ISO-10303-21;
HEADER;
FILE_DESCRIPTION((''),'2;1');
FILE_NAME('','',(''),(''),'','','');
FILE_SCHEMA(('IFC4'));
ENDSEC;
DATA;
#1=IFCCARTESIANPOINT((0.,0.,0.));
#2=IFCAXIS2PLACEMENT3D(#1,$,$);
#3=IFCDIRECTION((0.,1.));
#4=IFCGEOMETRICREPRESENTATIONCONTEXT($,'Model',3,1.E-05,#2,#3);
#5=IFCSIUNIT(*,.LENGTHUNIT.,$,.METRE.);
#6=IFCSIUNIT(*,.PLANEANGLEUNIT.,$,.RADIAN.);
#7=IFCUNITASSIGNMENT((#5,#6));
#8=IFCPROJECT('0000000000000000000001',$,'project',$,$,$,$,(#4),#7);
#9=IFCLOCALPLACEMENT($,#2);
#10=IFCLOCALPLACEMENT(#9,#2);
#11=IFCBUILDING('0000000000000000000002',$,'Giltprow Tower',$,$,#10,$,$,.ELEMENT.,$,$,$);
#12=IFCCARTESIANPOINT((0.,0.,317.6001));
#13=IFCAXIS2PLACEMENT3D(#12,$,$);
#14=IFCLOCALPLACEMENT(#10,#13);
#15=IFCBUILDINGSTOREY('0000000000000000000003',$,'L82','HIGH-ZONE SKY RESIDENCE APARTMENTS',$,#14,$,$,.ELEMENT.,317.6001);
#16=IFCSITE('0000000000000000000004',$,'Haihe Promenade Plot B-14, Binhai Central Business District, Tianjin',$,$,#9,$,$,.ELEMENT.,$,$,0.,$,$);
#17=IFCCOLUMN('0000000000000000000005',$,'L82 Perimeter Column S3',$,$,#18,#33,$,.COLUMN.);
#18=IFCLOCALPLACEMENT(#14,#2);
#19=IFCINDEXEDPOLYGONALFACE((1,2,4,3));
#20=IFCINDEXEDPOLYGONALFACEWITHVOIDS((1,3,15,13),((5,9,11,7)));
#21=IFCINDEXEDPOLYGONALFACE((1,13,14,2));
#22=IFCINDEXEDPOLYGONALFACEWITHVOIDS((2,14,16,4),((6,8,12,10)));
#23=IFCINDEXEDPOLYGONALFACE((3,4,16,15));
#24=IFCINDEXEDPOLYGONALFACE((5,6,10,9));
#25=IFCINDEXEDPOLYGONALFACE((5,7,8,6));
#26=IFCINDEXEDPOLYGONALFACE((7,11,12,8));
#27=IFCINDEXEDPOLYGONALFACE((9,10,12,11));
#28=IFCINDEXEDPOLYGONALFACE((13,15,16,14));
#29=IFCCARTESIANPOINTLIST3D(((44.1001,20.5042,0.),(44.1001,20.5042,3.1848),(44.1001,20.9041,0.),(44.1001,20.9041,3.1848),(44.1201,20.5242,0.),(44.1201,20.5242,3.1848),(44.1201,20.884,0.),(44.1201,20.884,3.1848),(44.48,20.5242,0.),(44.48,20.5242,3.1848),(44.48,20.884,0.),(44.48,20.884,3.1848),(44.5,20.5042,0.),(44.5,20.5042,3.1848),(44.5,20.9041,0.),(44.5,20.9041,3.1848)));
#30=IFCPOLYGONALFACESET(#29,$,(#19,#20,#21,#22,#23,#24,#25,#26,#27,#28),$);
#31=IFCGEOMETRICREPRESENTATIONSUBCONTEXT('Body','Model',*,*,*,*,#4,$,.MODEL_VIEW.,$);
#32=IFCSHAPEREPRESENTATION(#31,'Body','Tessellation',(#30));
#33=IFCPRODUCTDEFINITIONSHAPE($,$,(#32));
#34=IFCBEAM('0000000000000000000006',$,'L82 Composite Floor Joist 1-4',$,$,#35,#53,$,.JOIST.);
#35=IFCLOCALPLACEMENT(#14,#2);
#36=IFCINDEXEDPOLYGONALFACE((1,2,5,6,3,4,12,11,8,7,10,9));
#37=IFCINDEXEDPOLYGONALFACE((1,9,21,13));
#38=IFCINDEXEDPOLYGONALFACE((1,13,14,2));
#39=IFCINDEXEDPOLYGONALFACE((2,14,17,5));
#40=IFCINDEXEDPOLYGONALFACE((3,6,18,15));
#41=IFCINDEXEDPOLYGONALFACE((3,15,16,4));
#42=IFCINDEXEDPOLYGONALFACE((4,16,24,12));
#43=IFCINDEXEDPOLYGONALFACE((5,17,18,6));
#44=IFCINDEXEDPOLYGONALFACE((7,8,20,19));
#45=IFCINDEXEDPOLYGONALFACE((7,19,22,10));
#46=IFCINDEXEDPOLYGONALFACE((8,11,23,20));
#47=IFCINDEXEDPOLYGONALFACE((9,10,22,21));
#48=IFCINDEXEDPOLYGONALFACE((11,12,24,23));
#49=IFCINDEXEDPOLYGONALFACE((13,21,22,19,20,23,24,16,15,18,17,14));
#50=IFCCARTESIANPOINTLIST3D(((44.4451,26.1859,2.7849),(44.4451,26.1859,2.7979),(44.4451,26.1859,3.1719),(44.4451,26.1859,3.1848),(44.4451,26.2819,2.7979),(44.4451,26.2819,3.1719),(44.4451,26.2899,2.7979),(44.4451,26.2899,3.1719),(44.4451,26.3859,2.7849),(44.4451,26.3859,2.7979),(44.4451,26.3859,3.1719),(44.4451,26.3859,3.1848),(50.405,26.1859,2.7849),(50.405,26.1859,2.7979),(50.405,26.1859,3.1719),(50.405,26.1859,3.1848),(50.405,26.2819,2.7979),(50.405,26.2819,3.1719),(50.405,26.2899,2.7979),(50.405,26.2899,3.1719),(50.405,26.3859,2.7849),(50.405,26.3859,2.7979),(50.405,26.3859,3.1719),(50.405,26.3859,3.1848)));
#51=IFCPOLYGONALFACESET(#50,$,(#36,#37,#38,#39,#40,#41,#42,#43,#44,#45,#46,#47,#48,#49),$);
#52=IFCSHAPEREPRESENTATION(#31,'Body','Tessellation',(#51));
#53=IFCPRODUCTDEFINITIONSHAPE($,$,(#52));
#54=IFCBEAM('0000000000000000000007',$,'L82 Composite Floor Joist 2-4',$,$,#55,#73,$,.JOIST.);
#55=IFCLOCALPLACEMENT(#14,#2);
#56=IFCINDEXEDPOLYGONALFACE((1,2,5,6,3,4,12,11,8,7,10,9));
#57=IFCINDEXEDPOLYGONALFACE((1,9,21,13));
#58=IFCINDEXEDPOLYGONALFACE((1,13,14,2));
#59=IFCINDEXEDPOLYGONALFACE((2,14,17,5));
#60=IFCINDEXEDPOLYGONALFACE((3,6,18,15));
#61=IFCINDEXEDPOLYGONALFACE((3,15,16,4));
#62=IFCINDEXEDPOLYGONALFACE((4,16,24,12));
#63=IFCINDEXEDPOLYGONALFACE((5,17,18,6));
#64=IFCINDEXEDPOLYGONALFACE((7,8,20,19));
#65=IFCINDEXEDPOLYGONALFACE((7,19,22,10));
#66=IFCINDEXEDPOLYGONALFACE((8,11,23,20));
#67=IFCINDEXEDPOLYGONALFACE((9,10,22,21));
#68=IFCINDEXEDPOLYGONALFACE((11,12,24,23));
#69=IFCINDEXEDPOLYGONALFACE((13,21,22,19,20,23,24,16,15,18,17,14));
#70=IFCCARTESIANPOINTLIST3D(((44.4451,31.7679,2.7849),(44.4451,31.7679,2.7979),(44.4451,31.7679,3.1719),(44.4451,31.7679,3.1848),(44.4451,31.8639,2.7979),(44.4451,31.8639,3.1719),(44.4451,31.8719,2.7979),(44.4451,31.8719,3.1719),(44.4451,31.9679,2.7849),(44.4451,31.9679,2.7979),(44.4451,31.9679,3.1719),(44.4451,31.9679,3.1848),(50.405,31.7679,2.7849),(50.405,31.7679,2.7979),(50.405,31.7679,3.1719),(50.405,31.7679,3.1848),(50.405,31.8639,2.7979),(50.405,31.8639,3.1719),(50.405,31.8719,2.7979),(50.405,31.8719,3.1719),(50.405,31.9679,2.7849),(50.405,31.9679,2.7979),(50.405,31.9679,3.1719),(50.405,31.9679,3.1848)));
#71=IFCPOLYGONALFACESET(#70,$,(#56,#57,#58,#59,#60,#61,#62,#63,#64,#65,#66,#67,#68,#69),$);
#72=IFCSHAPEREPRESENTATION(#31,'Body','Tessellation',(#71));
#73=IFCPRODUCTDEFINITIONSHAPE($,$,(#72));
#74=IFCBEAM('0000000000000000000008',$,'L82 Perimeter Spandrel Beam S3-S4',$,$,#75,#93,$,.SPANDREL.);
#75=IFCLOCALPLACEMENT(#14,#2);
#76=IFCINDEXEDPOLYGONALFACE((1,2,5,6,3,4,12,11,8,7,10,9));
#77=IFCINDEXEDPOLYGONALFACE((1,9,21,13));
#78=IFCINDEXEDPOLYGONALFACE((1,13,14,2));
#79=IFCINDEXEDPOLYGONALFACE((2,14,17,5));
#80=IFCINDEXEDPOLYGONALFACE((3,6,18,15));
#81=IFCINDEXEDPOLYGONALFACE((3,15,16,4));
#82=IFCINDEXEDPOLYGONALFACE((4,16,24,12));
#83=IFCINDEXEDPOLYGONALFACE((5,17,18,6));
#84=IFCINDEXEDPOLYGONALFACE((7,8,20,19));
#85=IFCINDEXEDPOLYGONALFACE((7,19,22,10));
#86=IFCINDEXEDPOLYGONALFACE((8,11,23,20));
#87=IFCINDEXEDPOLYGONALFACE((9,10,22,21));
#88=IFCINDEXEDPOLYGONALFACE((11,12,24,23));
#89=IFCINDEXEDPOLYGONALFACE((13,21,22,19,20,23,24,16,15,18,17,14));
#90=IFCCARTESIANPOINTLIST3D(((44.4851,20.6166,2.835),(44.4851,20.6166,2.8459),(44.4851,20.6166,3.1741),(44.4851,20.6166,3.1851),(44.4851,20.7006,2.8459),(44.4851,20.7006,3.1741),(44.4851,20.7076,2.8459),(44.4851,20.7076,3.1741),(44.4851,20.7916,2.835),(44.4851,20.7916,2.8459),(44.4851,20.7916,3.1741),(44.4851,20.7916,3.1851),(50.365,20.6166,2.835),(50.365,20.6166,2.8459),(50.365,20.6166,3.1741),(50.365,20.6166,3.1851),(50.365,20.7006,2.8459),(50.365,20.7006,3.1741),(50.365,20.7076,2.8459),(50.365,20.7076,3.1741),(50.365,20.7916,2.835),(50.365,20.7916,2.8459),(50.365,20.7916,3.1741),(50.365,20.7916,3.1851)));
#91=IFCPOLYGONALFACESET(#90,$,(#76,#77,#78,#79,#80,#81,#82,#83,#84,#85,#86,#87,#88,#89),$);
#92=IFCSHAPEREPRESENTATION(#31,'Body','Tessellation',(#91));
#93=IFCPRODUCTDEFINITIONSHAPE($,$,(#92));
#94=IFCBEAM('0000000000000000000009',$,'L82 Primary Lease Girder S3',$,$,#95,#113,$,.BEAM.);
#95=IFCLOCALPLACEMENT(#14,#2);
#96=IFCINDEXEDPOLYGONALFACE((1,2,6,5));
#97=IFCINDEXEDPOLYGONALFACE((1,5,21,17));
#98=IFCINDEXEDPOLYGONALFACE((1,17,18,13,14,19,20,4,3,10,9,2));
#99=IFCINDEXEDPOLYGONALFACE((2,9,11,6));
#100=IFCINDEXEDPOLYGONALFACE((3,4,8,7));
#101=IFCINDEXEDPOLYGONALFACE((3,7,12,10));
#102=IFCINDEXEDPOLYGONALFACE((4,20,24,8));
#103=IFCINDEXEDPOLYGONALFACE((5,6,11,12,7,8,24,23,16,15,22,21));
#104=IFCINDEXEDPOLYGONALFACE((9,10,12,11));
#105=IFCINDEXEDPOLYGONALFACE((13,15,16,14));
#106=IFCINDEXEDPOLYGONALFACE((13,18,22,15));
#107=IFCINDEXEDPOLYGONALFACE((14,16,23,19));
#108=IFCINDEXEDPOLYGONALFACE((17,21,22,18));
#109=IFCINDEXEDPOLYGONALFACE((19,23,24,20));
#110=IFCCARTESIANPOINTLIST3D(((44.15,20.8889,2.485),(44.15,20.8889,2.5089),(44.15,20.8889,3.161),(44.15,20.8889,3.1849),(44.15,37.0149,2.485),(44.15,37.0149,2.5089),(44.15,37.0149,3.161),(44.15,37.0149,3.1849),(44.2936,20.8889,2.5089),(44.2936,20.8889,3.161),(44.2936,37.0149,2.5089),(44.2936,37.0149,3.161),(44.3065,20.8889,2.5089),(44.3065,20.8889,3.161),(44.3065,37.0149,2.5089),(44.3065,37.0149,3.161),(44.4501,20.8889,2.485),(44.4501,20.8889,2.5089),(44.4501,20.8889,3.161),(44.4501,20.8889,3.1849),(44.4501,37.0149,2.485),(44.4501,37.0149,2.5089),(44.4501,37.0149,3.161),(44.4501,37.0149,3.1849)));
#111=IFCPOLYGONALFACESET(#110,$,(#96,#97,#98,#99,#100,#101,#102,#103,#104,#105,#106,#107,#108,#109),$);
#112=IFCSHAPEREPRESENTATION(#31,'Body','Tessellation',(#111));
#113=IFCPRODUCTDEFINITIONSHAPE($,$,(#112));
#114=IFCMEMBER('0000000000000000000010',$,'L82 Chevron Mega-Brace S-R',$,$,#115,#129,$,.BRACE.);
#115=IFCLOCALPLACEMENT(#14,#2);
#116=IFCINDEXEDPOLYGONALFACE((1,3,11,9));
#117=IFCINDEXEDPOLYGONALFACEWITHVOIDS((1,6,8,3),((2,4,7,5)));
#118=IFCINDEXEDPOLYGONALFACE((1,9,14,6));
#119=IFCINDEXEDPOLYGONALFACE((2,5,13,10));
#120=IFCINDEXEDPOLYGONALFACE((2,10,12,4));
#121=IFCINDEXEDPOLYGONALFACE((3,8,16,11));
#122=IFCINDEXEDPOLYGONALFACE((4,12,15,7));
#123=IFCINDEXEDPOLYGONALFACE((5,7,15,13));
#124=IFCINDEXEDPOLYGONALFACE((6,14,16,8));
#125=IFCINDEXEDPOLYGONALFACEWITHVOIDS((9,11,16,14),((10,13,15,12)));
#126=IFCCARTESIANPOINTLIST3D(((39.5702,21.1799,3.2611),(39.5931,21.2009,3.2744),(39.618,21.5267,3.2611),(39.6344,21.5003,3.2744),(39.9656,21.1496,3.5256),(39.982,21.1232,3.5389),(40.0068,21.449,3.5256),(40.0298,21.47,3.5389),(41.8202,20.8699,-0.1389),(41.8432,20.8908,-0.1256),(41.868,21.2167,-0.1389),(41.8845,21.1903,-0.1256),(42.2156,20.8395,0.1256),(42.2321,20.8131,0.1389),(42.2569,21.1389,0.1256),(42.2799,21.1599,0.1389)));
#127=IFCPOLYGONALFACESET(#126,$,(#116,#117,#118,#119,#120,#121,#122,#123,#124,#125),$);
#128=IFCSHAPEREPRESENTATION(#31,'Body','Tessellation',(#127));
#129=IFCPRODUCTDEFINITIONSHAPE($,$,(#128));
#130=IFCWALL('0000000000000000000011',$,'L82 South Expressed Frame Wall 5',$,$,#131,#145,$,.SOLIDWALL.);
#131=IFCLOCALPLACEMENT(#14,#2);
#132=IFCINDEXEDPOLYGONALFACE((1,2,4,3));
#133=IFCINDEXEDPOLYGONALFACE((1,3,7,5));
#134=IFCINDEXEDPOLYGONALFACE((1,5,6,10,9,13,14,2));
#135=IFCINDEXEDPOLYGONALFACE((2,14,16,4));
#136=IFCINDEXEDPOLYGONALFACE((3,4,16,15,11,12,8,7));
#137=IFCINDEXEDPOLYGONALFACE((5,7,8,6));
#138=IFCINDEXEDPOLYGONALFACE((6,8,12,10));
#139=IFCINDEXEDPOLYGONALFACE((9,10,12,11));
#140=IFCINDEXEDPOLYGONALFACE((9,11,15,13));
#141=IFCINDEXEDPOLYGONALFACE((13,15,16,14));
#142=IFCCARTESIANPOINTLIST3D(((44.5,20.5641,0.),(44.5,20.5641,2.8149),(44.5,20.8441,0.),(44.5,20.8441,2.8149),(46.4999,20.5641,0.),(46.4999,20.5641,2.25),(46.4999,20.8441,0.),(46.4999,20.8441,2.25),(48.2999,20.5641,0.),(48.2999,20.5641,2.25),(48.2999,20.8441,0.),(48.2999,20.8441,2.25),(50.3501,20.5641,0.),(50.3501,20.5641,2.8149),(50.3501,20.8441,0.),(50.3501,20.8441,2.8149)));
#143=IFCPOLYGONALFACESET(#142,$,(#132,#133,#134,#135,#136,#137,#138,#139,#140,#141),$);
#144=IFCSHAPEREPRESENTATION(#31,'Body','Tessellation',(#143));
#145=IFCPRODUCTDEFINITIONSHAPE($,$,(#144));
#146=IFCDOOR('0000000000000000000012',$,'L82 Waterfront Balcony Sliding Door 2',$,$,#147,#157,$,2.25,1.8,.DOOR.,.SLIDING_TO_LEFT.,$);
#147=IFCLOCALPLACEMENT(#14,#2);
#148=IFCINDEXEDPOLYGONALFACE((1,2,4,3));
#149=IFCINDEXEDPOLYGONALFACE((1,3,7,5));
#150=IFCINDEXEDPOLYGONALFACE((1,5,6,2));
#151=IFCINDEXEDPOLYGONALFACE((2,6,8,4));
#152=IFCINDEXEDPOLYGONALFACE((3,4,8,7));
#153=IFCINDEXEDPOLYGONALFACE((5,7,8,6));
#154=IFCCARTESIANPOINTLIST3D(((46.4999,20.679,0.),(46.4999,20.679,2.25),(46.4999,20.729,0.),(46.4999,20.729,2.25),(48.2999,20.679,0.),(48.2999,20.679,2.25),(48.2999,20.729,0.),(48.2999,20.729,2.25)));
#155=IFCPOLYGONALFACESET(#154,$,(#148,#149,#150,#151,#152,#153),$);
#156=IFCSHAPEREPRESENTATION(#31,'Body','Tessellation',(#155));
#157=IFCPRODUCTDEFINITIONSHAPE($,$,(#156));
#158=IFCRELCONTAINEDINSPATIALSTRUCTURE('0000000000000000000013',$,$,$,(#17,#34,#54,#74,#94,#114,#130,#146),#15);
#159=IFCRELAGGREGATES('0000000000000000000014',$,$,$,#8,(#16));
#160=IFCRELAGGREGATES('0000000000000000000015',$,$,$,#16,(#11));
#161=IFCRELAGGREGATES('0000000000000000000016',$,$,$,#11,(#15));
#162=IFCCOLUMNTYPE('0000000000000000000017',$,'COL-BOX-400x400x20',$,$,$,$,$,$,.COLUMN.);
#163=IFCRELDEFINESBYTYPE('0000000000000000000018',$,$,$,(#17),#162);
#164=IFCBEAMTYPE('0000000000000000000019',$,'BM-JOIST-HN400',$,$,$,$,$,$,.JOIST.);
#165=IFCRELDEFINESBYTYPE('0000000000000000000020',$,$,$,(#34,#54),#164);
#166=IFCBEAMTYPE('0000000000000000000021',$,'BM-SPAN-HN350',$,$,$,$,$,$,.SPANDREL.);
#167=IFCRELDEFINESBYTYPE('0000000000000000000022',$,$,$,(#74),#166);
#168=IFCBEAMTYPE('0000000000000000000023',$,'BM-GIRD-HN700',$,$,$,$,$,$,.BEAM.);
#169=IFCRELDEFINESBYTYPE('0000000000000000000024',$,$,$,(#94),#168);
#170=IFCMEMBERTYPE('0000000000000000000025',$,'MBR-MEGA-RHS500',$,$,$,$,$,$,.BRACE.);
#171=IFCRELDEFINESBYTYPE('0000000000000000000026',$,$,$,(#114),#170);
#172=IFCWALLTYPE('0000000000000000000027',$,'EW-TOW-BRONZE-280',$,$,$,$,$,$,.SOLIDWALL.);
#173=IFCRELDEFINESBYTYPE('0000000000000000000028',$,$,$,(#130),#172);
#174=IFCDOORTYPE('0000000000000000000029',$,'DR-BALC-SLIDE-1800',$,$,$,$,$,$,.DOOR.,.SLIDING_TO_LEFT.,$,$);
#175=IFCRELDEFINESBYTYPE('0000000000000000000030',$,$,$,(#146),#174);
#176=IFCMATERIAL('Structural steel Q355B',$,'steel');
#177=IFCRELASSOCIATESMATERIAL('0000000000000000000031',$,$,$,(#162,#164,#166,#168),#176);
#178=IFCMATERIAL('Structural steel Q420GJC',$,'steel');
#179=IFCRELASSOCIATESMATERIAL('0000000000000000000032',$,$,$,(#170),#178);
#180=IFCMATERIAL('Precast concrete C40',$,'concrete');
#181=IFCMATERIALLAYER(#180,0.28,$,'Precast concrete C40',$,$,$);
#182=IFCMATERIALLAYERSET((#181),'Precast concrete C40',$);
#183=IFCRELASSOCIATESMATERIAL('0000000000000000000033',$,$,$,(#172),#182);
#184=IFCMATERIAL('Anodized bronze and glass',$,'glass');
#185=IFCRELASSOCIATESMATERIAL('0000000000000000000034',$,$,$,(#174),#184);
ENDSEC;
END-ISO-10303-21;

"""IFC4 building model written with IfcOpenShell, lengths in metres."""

from ifc_helpers import new_model, si_unit, direction, frame, frame_2d, origin, origin_2d, place, context, subcontext, project, spatial, rectangle, hollow_rectangle, i_section, extrude, source, transform, mapped, material, layer, layer_set, material_profile, profile_set, type_object, element, fill, save


model = new_model("IFC4")

# Units and contexts
model_context = context("Model", 3, precision=1e-05, world=origin(), true_north=direction((0.0, 1.0)))
body_context = subcontext(model_context, "Body", "Model", "MODEL_VIEW")
ifc_project = project(units=[si_unit("LENGTHUNIT", "METRE"), si_unit("PLANEANGLEUNIT", "RADIAN")], contexts=[model_context])

# Site, building, storey
site_placement = place(None, origin())
site = spatial("IfcSite", under=ifc_project, at=site_placement, Name="Haihe Promenade Plot B-14, Binhai Central Business District, Tianjin", CompositionType="ELEMENT", RefElevation=0.0)
building_placement = place(site_placement, origin())
building = spatial("IfcBuilding", under=site, at=building_placement, Name="Giltprow Tower", CompositionType="ELEMENT")
storey_placement = place(building_placement, frame((0.0, 0.0, 317.6001)))
storey = spatial("IfcBuildingStorey", under=building, at=storey_placement, Name="L82", Description="HIGH-ZONE SKY RESIDENCE APARTMENTS", CompositionType="ELEMENT", Elevation=317.6001)

# Column
ifc_material_1 = material(Name="Structural steel Q355B", Category="steel")
ifc_material_profile_1 = material_profile(ifc_material_1, hollow_rectangle(XDim=0.3999, YDim=0.3999, WallThickness=0.02, at=origin_2d()), Name="BOX 400x400x20")
ifc_profile_set_1 = profile_set([ifc_material_profile_1], Name="Structural steel Q355B")
column_type = type_object("IfcColumnType", Name="COL-BOX-400x400x20", PredefinedType="COLUMN", material=ifc_profile_set_1)
shared_shape_1 = source(origin(), body_context, "Body", "SweptSolid", [
    extrude(hollow_rectangle(XDim=0.3999, YDim=0.3999, WallThickness=0.02, at=origin_2d()), origin(), (0.0, 0.0, 1.0), 3.1848),
])
column_placement = place(storey_placement, frame((44.3, 20.7041, 0.0), z_axis=(0.0, 0.0, 1.0), x_axis=(1.0, 0.0, 0.0)))
element("IfcColumn", 1, at=column_placement, inside=storey, type_object=column_type, Name="L82 Perimeter Column S3", PredefinedType="COLUMN", context=body_context, shape_type="MappedRepresentation", body=[
    mapped(shared_shape_1, transform((0.0, 0.0, 0.0), x_axis=(1.0, 0.0, 0.0), y_axis=(0.0, 1.0, 0.0), z_axis=(0.0, 0.0, 1.0), scale=1.0)),
])

# Beams
ifc_material_profile_2 = material_profile(ifc_material_1, i_section(OverallWidth=0.2, OverallDepth=0.3999, WebThickness=0.0081, FlangeThickness=0.0129, at=origin_2d()), Name="HN 400x200x8x13")
ifc_profile_set_2 = profile_set([ifc_material_profile_2], Name="Structural steel Q355B")
beam_type_1 = type_object("IfcBeamType", Name="BM-JOIST-HN400", PredefinedType="JOIST", material=ifc_profile_set_2)
shared_shape_2 = source(origin(), body_context, "Body", "SweptSolid", [
    extrude(i_section(OverallWidth=0.2, OverallDepth=0.3999, WebThickness=0.0081, FlangeThickness=0.0129, at=origin_2d()), origin(), (0.0, 0.0, 1.0), 5.96),
])
for number, where, z_axis, x_axis, name in (
    (2, (44.4451, 26.2859, 2.9849), (1.0, 0.0, 0.0), (0.0, 1.0, 0.0), "L82 Composite Floor Joist 1-4"),
    (3, (44.4451, 31.8679, 2.9849), (1.0, 0.0, 0.0), (0.0, 1.0, 0.0), "L82 Composite Floor Joist 2-4"),
):
    element("IfcBeam", number, at=place(storey_placement, frame(where, z_axis=z_axis, x_axis=x_axis)), inside=storey, type_object=beam_type_1, Name=name, PredefinedType="JOIST", context=body_context, shape_type="MappedRepresentation", body=[
        mapped(shared_shape_2, transform((0.0, 0.0, 0.0), x_axis=(1.0, 0.0, 0.0), y_axis=(0.0, 1.0, 0.0), z_axis=(0.0, 0.0, 1.0), scale=1.0)),
    ])
ifc_material_profile_3 = material_profile(ifc_material_1, i_section(OverallWidth=0.175, OverallDepth=0.3501, WebThickness=0.0071, FlangeThickness=0.011, at=origin_2d()), Name="HN 350x175x7x11")
ifc_profile_set_3 = profile_set([ifc_material_profile_3], Name="Structural steel Q355B")
beam_type_2 = type_object("IfcBeamType", Name="BM-SPAN-HN350", PredefinedType="SPANDREL", material=ifc_profile_set_3)
shared_shape_3 = source(origin(), body_context, "Body", "SweptSolid", [
    extrude(i_section(OverallWidth=0.175, OverallDepth=0.3501, WebThickness=0.0071, FlangeThickness=0.011, at=origin_2d()), origin(), (0.0, 0.0, 1.0), 5.8799),
])
beam_1_placement = place(storey_placement, frame((44.4851, 20.7041, 3.01), z_axis=(1.0, 0.0, 0.0), x_axis=(0.0, 1.0, 0.0)))
element("IfcBeam", 4, at=beam_1_placement, inside=storey, type_object=beam_type_2, Name="L82 Perimeter Spandrel Beam S3-S4", PredefinedType="SPANDREL", context=body_context, shape_type="MappedRepresentation", body=[
    mapped(shared_shape_3, transform((0.0, 0.0, 0.0), x_axis=(1.0, 0.0, 0.0), y_axis=(0.0, 1.0, 0.0), z_axis=(0.0, 0.0, 1.0), scale=1.0)),
])
ifc_material_profile_4 = material_profile(ifc_material_1, i_section(OverallWidth=0.3, OverallDepth=0.7, WebThickness=0.0129, FlangeThickness=0.0239, at=origin_2d()), Name="HN 700x300x13x24")
ifc_profile_set_4 = profile_set([ifc_material_profile_4], Name="Structural steel Q355B")
beam_type_3 = type_object("IfcBeamType", Name="BM-GIRD-HN700", PredefinedType="BEAM", material=ifc_profile_set_4)
shared_shape_4 = source(origin(), body_context, "Body", "SweptSolid", [
    extrude(i_section(OverallWidth=0.3, OverallDepth=0.7, WebThickness=0.0129, FlangeThickness=0.0239, at=origin_2d()), origin(), (0.0, 0.0, 1.0), 16.126),
])
beam_2_placement = place(storey_placement, frame((44.3, 20.8889, 2.835), z_axis=(0.0, 1.0, 0.0), x_axis=(-1.0, 0.0, 0.0)))
element("IfcBeam", 5, at=beam_2_placement, inside=storey, type_object=beam_type_3, Name="L82 Primary Lease Girder S3", PredefinedType="BEAM", context=body_context, shape_type="MappedRepresentation", body=[
    mapped(shared_shape_4, transform((0.0, 0.0, 0.0), x_axis=(1.0, 0.0, 0.0), y_axis=(0.0, 1.0, 0.0), z_axis=(0.0, 0.0, 1.0), scale=1.0)),
])

# Member
ifc_material_2 = material(Name="Structural steel Q420GJC", Category="steel")
ifc_material_profile_5 = material_profile(ifc_material_2, hollow_rectangle(XDim=0.3501, YDim=0.5, WallThickness=0.0239, at=origin_2d()), Name="RHS 500x350x24")
ifc_profile_set_5 = profile_set([ifc_material_profile_5], Name="Structural steel Q420GJC")
member_type = type_object("IfcMemberType", Name="MBR-MEGA-RHS500", PredefinedType="BRACE", material=ifc_profile_set_5)
shared_shape_5 = source(origin(), body_context, "Body", "SweptSolid", [
    extrude(hollow_rectangle(XDim=0.3501, YDim=0.5, WallThickness=0.0239, at=origin_2d()), origin(), (0.0, 0.0, 1.0), 4.0889),
])
member_placement = place(storey_placement, frame((42.05, 21.0149, 0.0), z_axis=(-0.550289, 0.075832, 0.831524), x_axis=(-0.136514, -0.990638, 0.0)))
element("IfcMember", 6, at=member_placement, inside=storey, type_object=member_type, Name="L82 Chevron Mega-Brace S-R", PredefinedType="BRACE", context=body_context, shape_type="MappedRepresentation", body=[
    mapped(shared_shape_5, transform((0.0, 0.0, 0.0), x_axis=(1.0, 0.0, 0.0), y_axis=(0.0, 1.0, 0.0), z_axis=(0.0, 0.0, 1.0), scale=1.0)),
])

# Wall, opening, door
ifc_material_3 = material(Name="Precast concrete C40", Category="concrete")
ifc_layer_1 = layer(ifc_material_3, 0.28, Name="Precast concrete C40")
ifc_layer_set_1 = layer_set([ifc_layer_1], Name="Precast concrete C40")
wall_type_1 = type_object("IfcWallType", Name="EW-TOW-BRONZE-280", PredefinedType="SOLIDWALL", material=ifc_layer_set_1)
wall_1_placement = place(storey_placement, frame((44.5, 20.7041, 0.0), z_axis=(0.0, 0.0, 1.0), x_axis=(1.0, 0.0, 0.0)))
wall_1 = element("IfcWall", 7, at=wall_1_placement, inside=storey, type_object=wall_type_1, Name="L82 South Expressed Frame Wall 5", PredefinedType="SOLIDWALL", context=body_context, shape_type="SweptSolid", body=[
    extrude(rectangle(XDim=5.8501, YDim=0.28, at=frame_2d((2.925, 0.0))), origin(), (0.0, 0.0, 1.0), 2.8149),
])
opening_1_placement = place(wall_1_placement, frame((2.0, 0.0, 0.0)))
opening_1 = element("IfcOpeningElement", 8, at=opening_1_placement, cuts=wall_1, PredefinedType="OPENING", context=body_context, shape_type="SweptSolid", body=[
    extrude(rectangle(XDim=1.8, YDim=2.25, at=frame_2d((0.8999, 1.125))), frame((0.0, 0.1499, 0.0), z_axis=(0.0, -1.0, 0.0), x_axis=(1.0, 0.0, 0.0)), (0.0, 0.0, 1.0), 0.3),
])
ifc_material_4 = material(Name="Anodized bronze and glass", Category="glass")
door_type_1 = type_object("IfcDoorType", Name="DR-BALC-SLIDE-1800", OperationType="SLIDING_TO_LEFT", PredefinedType="DOOR", material=ifc_material_4)
shared_shape_6 = source(origin(), body_context, "Body", "SweptSolid", [
    extrude(rectangle(XDim=1.8, YDim=2.25, at=frame_2d((0.8999, 1.125))), frame((0.0, 0.0249, 0.0), z_axis=(0.0, -1.0, 0.0), x_axis=(1.0, 0.0, 0.0)), (0.0, 0.0, 1.0), 0.05),
])
door_1_placement = place(opening_1_placement, origin())
door_1 = element("IfcDoor", 9, at=door_1_placement, inside=storey, type_object=door_type_1, Name="L82 Waterfront Balcony Sliding Door 2", OperationType="SLIDING_TO_LEFT", OverallHeight=2.25, OverallWidth=1.8, PredefinedType="DOOR", context=body_context, shape_type="MappedRepresentation", body=[
    mapped(shared_shape_6, transform((0.0, 0.0, 0.0), x_axis=(1.0, 0.0, 0.0), y_axis=(0.0, 1.0, 0.0), z_axis=(0.0, 0.0, 1.0), scale=1.0)),
])
fill(opening_1, door_1)

save(model, "model.ifc")
